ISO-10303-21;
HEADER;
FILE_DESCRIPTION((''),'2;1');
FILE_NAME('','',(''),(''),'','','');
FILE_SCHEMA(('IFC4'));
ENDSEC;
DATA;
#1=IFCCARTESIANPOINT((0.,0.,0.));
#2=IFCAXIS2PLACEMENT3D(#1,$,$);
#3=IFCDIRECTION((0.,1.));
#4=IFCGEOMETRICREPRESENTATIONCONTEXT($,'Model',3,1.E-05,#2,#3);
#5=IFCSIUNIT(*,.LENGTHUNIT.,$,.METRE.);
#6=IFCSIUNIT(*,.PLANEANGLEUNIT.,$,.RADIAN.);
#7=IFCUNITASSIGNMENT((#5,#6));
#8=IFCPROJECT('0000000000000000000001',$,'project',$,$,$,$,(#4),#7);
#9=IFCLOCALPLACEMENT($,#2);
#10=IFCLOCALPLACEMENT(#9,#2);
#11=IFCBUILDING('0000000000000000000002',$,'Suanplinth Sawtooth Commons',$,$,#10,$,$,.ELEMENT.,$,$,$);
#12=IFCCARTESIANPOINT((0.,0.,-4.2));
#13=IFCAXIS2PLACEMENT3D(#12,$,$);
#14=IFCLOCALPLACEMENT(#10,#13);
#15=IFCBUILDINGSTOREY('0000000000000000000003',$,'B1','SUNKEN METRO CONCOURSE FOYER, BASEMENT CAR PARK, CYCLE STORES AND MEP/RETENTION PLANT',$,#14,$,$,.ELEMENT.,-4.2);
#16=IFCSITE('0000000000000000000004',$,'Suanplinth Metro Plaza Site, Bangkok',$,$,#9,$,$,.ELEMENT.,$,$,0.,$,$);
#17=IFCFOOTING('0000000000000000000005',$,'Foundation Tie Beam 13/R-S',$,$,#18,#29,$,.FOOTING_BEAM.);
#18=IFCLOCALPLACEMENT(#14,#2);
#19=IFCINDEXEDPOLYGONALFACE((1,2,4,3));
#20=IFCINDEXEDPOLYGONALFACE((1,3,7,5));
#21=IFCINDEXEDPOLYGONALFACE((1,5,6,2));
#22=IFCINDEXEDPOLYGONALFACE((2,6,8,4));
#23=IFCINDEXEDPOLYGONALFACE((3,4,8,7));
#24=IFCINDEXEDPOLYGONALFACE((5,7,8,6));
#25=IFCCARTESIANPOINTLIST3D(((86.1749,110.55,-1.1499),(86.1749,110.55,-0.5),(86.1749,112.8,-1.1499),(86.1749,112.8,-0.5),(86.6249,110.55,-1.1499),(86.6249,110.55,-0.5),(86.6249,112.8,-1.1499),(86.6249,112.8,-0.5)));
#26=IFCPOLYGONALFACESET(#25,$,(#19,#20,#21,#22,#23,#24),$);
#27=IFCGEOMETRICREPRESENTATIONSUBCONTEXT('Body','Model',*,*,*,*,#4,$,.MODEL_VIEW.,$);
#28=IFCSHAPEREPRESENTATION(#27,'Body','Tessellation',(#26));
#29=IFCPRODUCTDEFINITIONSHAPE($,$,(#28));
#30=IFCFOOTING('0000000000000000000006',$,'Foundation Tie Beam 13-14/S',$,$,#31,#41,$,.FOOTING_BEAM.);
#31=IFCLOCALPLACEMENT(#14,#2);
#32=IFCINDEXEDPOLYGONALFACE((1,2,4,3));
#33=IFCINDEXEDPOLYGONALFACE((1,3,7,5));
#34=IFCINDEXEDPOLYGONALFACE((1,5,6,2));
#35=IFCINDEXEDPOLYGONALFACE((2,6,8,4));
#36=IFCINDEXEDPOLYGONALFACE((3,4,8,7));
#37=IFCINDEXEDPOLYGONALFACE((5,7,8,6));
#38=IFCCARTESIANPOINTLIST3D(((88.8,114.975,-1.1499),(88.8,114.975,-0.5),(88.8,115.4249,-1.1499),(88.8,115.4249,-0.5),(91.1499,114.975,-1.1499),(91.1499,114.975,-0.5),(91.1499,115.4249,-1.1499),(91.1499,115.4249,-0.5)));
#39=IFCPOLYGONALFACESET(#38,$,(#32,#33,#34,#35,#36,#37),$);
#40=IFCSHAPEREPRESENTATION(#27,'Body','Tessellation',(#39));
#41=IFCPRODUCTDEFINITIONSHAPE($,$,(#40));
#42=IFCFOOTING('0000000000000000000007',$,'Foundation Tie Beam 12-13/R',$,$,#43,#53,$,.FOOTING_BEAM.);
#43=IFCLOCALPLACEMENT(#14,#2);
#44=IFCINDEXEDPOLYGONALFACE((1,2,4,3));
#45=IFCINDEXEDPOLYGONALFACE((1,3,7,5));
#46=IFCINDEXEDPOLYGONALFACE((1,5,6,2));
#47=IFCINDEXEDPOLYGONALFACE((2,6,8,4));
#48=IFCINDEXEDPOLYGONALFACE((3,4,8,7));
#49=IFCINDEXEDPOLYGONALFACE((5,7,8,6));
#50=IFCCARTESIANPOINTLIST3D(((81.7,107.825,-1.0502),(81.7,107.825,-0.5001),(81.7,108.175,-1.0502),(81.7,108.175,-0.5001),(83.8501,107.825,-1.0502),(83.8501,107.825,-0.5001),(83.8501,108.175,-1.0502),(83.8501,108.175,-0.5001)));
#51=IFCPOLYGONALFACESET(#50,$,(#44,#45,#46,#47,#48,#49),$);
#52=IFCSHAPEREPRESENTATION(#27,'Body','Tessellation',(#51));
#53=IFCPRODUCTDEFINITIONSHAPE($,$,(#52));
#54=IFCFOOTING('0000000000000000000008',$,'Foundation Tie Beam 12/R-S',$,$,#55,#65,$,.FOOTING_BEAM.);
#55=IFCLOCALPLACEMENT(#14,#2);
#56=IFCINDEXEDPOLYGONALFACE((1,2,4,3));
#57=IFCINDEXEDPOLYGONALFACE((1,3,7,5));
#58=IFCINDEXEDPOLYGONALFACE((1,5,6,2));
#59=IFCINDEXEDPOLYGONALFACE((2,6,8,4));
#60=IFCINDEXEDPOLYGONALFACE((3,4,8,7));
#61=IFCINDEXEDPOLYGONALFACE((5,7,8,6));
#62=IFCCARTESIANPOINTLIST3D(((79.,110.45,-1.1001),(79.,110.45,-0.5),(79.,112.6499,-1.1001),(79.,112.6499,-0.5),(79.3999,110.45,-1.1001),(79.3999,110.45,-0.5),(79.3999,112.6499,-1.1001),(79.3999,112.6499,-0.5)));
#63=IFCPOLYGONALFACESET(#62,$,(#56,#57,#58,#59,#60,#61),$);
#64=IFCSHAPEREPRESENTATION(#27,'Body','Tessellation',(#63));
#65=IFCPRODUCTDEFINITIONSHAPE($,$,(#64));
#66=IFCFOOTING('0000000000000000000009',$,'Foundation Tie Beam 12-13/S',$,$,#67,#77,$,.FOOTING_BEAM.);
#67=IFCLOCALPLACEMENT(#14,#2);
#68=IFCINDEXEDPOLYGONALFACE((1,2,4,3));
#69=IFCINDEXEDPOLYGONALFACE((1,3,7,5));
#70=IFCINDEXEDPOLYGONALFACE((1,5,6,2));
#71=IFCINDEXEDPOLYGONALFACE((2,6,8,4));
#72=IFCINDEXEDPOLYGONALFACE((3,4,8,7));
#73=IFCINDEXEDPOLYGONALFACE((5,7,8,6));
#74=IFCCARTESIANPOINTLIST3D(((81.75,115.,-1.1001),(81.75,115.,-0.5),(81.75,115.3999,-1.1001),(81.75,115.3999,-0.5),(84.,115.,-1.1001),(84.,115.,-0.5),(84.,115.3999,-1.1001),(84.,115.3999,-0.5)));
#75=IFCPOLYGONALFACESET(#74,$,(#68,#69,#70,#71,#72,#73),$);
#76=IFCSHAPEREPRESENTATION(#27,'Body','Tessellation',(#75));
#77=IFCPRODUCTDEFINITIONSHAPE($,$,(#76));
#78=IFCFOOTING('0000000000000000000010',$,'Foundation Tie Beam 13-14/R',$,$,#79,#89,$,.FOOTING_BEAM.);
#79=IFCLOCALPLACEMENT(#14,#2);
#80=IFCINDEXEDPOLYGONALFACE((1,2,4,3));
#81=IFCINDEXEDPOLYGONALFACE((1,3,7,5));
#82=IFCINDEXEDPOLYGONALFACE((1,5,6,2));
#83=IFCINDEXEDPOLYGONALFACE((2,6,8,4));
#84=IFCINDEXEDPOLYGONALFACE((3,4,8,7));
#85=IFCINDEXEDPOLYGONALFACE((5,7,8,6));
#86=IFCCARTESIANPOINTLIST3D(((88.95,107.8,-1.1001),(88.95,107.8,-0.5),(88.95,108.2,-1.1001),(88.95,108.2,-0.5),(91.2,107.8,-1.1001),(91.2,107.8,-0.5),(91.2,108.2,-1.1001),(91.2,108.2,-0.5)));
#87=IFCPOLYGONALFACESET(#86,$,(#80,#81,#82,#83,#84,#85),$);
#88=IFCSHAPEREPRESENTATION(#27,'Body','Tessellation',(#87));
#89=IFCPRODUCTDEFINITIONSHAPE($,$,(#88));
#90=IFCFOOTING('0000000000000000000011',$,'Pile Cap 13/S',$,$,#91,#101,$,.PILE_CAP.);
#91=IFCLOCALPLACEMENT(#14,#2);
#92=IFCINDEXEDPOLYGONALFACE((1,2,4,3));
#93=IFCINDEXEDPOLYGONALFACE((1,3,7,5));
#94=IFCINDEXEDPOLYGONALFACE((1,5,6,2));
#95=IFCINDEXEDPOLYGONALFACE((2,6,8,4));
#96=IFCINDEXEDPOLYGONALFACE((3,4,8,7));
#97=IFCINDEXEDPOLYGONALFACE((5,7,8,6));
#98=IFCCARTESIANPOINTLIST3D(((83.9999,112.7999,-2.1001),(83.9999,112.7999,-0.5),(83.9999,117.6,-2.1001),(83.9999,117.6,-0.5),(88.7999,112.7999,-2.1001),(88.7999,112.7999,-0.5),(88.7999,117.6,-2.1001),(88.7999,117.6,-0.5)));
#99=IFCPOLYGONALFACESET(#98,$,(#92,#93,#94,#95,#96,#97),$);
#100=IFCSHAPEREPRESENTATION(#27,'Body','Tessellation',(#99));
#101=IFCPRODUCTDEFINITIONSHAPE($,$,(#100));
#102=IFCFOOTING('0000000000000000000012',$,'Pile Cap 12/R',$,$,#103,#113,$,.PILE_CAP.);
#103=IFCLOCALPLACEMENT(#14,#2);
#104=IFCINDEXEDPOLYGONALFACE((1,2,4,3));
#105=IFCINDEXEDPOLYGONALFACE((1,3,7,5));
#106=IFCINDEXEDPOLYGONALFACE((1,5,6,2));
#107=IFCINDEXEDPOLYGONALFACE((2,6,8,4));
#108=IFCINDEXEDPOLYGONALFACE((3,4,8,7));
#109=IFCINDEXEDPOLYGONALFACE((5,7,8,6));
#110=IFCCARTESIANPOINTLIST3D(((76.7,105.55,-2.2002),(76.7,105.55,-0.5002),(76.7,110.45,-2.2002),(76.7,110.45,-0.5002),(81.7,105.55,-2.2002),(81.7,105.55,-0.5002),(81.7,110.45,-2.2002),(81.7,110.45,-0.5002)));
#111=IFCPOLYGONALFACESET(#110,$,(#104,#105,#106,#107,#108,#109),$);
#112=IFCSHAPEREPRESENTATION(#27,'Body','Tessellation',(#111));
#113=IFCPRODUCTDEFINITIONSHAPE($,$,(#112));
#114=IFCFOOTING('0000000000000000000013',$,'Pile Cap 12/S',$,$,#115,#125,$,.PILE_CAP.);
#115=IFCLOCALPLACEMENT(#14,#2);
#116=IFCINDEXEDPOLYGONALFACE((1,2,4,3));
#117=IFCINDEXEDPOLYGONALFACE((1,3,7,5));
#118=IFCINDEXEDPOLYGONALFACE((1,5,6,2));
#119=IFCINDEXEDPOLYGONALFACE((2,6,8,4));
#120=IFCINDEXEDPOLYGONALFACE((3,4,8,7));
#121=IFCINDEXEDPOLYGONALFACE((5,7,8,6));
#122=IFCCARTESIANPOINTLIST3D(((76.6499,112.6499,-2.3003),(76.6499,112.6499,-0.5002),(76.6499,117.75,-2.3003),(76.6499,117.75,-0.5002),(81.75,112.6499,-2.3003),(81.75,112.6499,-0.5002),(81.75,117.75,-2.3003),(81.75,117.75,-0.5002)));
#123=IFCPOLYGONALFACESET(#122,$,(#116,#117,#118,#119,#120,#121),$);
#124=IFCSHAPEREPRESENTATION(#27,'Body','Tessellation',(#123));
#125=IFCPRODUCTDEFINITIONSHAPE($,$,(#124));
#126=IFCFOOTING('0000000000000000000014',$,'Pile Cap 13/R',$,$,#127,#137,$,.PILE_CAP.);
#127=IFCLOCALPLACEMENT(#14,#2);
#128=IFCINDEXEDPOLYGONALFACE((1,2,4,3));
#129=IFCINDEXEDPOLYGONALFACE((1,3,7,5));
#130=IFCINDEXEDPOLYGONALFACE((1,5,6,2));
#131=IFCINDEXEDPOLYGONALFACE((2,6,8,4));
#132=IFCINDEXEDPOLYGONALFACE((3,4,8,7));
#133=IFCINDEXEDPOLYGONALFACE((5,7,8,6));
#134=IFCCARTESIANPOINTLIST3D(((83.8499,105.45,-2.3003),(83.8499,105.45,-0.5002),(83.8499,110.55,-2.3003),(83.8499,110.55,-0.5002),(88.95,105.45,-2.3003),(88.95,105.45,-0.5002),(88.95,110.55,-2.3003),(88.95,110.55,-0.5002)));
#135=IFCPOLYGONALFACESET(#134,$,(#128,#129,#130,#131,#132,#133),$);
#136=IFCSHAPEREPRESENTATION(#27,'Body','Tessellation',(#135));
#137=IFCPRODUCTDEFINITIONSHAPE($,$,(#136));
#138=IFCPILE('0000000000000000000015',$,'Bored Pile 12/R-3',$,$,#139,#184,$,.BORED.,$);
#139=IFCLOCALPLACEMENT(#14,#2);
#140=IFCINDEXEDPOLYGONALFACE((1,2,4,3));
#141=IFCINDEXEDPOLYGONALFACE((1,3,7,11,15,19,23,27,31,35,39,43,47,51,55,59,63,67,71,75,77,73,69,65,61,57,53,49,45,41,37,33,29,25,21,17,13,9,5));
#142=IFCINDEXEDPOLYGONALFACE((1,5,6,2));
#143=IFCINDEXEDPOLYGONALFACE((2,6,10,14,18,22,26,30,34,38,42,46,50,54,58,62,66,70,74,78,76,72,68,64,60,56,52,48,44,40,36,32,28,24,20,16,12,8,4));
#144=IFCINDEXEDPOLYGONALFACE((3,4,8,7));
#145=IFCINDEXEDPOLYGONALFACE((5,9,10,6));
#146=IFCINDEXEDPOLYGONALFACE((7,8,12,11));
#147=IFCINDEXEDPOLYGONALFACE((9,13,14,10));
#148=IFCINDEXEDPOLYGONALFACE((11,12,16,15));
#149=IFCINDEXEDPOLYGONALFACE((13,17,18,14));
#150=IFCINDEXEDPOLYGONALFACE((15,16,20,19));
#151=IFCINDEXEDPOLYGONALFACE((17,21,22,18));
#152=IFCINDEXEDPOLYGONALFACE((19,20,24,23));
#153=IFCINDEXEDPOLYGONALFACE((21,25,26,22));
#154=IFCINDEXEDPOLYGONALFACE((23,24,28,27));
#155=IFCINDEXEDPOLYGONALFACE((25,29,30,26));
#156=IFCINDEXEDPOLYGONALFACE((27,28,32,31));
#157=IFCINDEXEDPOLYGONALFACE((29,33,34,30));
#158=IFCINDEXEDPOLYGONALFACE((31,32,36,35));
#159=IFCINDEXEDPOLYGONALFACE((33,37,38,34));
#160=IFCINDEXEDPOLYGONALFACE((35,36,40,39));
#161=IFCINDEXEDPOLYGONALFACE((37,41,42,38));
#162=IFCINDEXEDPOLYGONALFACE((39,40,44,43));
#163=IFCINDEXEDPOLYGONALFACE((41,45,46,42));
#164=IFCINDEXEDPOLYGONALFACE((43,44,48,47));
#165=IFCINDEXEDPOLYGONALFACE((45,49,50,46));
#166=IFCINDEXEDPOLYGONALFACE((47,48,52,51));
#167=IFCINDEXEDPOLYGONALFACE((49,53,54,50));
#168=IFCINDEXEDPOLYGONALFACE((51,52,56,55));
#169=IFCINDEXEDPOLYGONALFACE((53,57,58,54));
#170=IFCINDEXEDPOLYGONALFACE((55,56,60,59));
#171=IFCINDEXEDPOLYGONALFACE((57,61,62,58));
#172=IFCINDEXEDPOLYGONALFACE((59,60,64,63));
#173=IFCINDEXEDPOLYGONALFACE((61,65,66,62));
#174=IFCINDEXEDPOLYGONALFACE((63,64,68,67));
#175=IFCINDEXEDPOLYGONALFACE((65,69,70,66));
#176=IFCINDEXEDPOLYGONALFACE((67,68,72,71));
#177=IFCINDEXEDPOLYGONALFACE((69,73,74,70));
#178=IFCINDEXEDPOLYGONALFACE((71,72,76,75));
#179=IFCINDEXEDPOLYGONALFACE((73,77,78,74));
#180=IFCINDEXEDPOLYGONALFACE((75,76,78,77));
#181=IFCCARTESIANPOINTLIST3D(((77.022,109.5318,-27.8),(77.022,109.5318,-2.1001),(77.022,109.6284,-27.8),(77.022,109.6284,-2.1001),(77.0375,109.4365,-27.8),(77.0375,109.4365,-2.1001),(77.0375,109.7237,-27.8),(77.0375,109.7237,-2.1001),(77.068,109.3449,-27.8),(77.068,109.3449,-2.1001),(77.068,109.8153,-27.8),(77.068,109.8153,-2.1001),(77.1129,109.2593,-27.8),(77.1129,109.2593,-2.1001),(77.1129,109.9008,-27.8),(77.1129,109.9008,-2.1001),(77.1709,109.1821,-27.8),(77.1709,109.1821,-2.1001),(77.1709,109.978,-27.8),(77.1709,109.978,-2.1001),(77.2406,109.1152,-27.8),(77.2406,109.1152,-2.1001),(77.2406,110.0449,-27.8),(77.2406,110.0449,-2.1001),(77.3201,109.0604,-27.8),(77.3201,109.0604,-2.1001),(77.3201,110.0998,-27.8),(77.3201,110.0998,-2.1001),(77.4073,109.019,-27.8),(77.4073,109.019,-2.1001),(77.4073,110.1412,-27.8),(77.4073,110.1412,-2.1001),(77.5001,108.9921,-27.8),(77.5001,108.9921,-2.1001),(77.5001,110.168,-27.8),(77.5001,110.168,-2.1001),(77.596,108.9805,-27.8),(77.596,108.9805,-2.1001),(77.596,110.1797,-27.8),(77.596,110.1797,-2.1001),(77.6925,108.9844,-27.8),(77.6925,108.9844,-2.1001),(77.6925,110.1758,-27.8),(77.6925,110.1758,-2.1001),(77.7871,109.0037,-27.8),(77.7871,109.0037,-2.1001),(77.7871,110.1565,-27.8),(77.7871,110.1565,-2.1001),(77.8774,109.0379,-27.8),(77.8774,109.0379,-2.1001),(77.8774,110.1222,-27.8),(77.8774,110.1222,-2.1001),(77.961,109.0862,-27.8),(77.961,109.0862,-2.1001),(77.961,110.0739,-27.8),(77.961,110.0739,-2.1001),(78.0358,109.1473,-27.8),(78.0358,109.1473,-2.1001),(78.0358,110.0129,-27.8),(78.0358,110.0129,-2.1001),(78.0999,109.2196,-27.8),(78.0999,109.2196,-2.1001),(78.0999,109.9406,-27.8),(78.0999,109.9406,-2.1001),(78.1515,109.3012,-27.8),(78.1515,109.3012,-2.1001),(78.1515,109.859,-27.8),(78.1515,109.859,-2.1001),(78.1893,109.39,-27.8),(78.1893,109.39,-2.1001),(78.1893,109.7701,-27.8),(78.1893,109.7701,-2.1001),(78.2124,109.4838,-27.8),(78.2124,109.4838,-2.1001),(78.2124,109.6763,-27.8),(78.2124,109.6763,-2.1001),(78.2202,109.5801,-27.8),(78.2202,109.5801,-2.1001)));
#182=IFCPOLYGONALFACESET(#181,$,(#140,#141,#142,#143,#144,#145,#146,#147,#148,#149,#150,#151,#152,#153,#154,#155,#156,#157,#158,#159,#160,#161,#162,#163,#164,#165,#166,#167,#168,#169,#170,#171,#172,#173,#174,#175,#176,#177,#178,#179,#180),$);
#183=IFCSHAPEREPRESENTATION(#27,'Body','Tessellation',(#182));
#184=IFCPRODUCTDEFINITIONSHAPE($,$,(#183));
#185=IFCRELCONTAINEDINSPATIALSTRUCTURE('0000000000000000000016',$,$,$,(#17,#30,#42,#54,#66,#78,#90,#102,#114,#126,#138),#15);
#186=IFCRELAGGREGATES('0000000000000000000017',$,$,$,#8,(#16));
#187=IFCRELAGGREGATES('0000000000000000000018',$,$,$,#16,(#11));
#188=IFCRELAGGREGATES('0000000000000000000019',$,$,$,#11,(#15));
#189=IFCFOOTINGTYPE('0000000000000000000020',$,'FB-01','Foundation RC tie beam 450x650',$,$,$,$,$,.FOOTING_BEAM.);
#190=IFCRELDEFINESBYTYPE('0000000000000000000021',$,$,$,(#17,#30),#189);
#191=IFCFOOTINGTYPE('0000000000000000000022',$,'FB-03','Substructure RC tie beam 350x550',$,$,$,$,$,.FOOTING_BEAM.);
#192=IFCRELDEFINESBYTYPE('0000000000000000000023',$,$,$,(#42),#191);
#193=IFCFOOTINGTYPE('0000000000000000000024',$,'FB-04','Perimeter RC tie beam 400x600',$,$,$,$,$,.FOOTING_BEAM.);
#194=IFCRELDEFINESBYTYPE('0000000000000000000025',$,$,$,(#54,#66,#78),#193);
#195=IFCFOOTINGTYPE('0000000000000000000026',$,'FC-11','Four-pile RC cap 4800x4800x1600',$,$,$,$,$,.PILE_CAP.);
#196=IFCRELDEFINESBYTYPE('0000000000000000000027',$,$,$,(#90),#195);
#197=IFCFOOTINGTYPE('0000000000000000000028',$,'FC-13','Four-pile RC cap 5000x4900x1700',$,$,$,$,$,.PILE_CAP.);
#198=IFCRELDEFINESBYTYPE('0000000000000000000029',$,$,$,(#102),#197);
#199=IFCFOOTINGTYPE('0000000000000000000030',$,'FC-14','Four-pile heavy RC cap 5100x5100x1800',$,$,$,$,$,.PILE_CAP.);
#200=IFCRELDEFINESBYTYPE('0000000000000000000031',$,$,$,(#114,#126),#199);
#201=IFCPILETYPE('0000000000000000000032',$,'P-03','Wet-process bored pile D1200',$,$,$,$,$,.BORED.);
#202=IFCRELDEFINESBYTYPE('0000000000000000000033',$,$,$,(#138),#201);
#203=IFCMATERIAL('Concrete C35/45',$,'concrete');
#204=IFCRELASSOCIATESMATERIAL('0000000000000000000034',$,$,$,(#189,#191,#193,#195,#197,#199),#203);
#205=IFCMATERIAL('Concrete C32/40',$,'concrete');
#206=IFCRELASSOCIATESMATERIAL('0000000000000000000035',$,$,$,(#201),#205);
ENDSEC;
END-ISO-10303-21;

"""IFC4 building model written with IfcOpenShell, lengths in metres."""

from ifc_helpers import new_model, si_unit, direction, frame, origin, origin_2d, place, context, subcontext, project, spatial, rectangle, circle, extrude, material, material_profile, profile_set, type_object, element, save


model = new_model("IFC4")

# Units and contexts
model_context = context("Model", 3, precision=1e-05, world=origin(), true_north=direction((0.0, 1.0)))
body_context = subcontext(model_context, "Body", "Model", "MODEL_VIEW")
ifc_project = project(units=[si_unit("LENGTHUNIT", "METRE"), si_unit("PLANEANGLEUNIT", "RADIAN")], contexts=[model_context])

# Site, building, storey
site_placement = place(None, origin())
site = spatial("IfcSite", under=ifc_project, at=site_placement, Name="Suanplinth Metro Plaza Site, Bangkok", CompositionType="ELEMENT", RefElevation=0.0)
building_placement = place(site_placement, origin())
building = spatial("IfcBuilding", under=site, at=building_placement, Name="Suanplinth Sawtooth Commons", CompositionType="ELEMENT")
storey_placement = place(building_placement, frame((0.0, 0.0, -4.2)))
storey = spatial("IfcBuildingStorey", under=building, at=storey_placement, Name="B1", Description="SUNKEN METRO CONCOURSE FOYER, BASEMENT CAR PARK, CYCLE STORES AND MEP/RETENTION PLANT", CompositionType="ELEMENT", Elevation=-4.2)

# Footings
ifc_material_1 = material(Name="Concrete C35/45", Category="concrete")
ifc_material_profile_1 = material_profile(ifc_material_1, rectangle(XDim=0.45, YDim=0.6499, at=origin_2d()), Name="PC-GDR 450x650")
ifc_profile_set_1 = profile_set([ifc_material_profile_1], Name="Concrete C35/45")
footing_type_1 = type_object("IfcFootingType", Name="FB-01", Description="Foundation RC tie beam 450x650", PredefinedType="FOOTING_BEAM", material=ifc_profile_set_1)
footing_1_placement = place(storey_placement, frame((86.3999, 110.55, -0.825), z_axis=(0.0, 1.0, 0.0), x_axis=(-1.0, 0.0, 0.0)))
element("IfcFooting", 1, at=footing_1_placement, inside=storey, type_object=footing_type_1, Name="Foundation Tie Beam 13/R-S", PredefinedType="FOOTING_BEAM", context=body_context, shape_type="SweptSolid", body=[
    extrude(rectangle(XDim=0.45, YDim=0.6499, at=origin_2d()), origin(), (0.0, 0.0, 1.0), 2.25),
])
footing_2_placement = place(storey_placement, frame((88.8, 115.2, -0.825), z_axis=(1.0, 0.0, 0.0), x_axis=(0.0, 1.0, 0.0)))
element("IfcFooting", 2, at=footing_2_placement, inside=storey, type_object=footing_type_1, Name="Foundation Tie Beam 13-14/S", PredefinedType="FOOTING_BEAM", context=body_context, shape_type="SweptSolid", body=[
    extrude(rectangle(XDim=0.45, YDim=0.6499, at=origin_2d()), origin(), (0.0, 0.0, 1.0), 2.3499),
])
ifc_material_profile_2 = material_profile(ifc_material_1, rectangle(XDim=0.3501, YDim=0.55, at=origin_2d()), Name="PC-BM 350x550")
ifc_profile_set_2 = profile_set([ifc_material_profile_2], Name="Concrete C35/45")
footing_type_2 = type_object("IfcFootingType", Name="FB-03", Description="Substructure RC tie beam 350x550", PredefinedType="FOOTING_BEAM", material=ifc_profile_set_2)
footing_3_placement = place(storey_placement, frame((81.7, 108.0, -0.7751), z_axis=(1.0, 0.0, 0.0), x_axis=(0.0, 1.0, 0.0)))
element("IfcFooting", 3, at=footing_3_placement, inside=storey, type_object=footing_type_2, Name="Foundation Tie Beam 12-13/R", PredefinedType="FOOTING_BEAM", context=body_context, shape_type="SweptSolid", body=[
    extrude(rectangle(XDim=0.3501, YDim=0.55, at=origin_2d()), origin(), (0.0, 0.0, 1.0), 2.1501),
])
ifc_material_profile_3 = material_profile(ifc_material_1, rectangle(XDim=0.3999, YDim=0.6001, at=origin_2d()), Name="PC-GDR 400x600")
ifc_profile_set_3 = profile_set([ifc_material_profile_3], Name="Concrete C35/45")
footing_type_3 = type_object("IfcFootingType", Name="FB-04", Description="Perimeter RC tie beam 400x600", PredefinedType="FOOTING_BEAM", material=ifc_profile_set_3)
footing_4_placement = place(storey_placement, frame((79.2, 110.45, -0.8), z_axis=(0.0, 1.0, 0.0), x_axis=(-1.0, 0.0, 0.0)))
element("IfcFooting", 4, at=footing_4_placement, inside=storey, type_object=footing_type_3, Name="Foundation Tie Beam 12/R-S", PredefinedType="FOOTING_BEAM", context=body_context, shape_type="SweptSolid", body=[
    extrude(rectangle(XDim=0.3999, YDim=0.6001, at=origin_2d()), origin(), (0.0, 0.0, 1.0), 2.2),
])
for number, where, z_axis, x_axis, name in (
    (5, (81.75, 115.2, -0.8), (1.0, 0.0, 0.0), (0.0, 1.0, 0.0), "Foundation Tie Beam 12-13/S"),
    (6, (88.95, 108.0, -0.8), (1.0, 0.0, 0.0), (0.0, 1.0, 0.0), "Foundation Tie Beam 13-14/R"),
):
    element("IfcFooting", number, at=place(storey_placement, frame(where, z_axis=z_axis, x_axis=x_axis)), inside=storey, type_object=footing_type_3, Name=name, PredefinedType="FOOTING_BEAM", context=body_context, shape_type="SweptSolid", body=[
        extrude(rectangle(XDim=0.3999, YDim=0.6001, at=origin_2d()), origin(), (0.0, 0.0, 1.0), 2.25),
    ])
footing_type_4 = type_object("IfcFootingType", Name="FC-11", Description="Four-pile RC cap 4800x4800x1600", PredefinedType="PILE_CAP", material=ifc_material_1)
footing_5_placement = place(storey_placement, frame((86.3999, 115.2, -2.1001), z_axis=(0.0, 0.0, 1.0), x_axis=(1.0, 0.0, 0.0)))
element("IfcFooting", 7, at=footing_5_placement, inside=storey, type_object=footing_type_4, Name="Pile Cap 13/S", PredefinedType="PILE_CAP", context=body_context, shape_type="SweptSolid", body=[
    extrude(rectangle(XDim=4.8, YDim=4.8, at=origin_2d()), origin(), (0.0, 0.0, 1.0), 1.6001),
])
footing_type_5 = type_object("IfcFootingType", Name="FC-13", Description="Four-pile RC cap 5000x4900x1700", PredefinedType="PILE_CAP", material=ifc_material_1)
footing_6_placement = place(storey_placement, frame((79.2, 108.0, -2.2002), z_axis=(0.0, 0.0, 1.0), x_axis=(1.0, 0.0, 0.0)))
element("IfcFooting", 8, at=footing_6_placement, inside=storey, type_object=footing_type_5, Name="Pile Cap 12/R", PredefinedType="PILE_CAP", context=body_context, shape_type="SweptSolid", body=[
    extrude(rectangle(XDim=5.0, YDim=4.8999, at=origin_2d()), origin(), (0.0, 0.0, 1.0), 1.7),
])
footing_type_6 = type_object("IfcFootingType", Name="FC-14", Description="Four-pile heavy RC cap 5100x5100x1800", PredefinedType="PILE_CAP", material=ifc_material_1)
for number, where, z_axis, x_axis, name in (
    (9, (79.2, 115.2, -2.3003), (0.0, 0.0, 1.0), (1.0, 0.0, 0.0), "Pile Cap 12/S"),
    (10, (86.3999, 108.0, -2.3003), (0.0, 0.0, 1.0), (1.0, 0.0, 0.0), "Pile Cap 13/R"),
):
    element("IfcFooting", number, at=place(storey_placement, frame(where, z_axis=z_axis, x_axis=x_axis)), inside=storey, type_object=footing_type_6, Name=name, PredefinedType="PILE_CAP", context=body_context, shape_type="SweptSolid", body=[
        extrude(rectangle(XDim=5.1001, YDim=5.1001, at=origin_2d()), origin(), (0.0, 0.0, 1.0), 1.8),
    ])

# Pile
ifc_material_2 = material(Name="Concrete C32/40", Category="concrete")
ifc_material_profile_4 = material_profile(ifc_material_2, circle(Radius=0.6001, at=origin_2d()), Name="PILE D1200")
ifc_profile_set_4 = profile_set([ifc_material_profile_4], Name="Concrete C32/40")
pile_type = type_object("IfcPileType", Name="P-03", Description="Wet-process bored pile D1200", PredefinedType="BORED", material=ifc_profile_set_4)
for number, where, z_axis, x_axis, name in (
    (11, (77.6201, 109.5801, -2.1001), (0.0, 0.0, -1.0), (1.0, 0.0, 0.0), "Bored Pile 12/R-3"),
):
    element("IfcPile", number, at=place(storey_placement, frame(where, z_axis=z_axis, x_axis=x_axis)), inside=storey, type_object=pile_type, Name=name, PredefinedType="BORED", context=body_context, shape_type="SweptSolid", body=[
        extrude(circle(Radius=0.6001, at=origin_2d()), origin(), (0.0, 0.0, 1.0), 25.7),
    ])

save(model, "model.ifc")
